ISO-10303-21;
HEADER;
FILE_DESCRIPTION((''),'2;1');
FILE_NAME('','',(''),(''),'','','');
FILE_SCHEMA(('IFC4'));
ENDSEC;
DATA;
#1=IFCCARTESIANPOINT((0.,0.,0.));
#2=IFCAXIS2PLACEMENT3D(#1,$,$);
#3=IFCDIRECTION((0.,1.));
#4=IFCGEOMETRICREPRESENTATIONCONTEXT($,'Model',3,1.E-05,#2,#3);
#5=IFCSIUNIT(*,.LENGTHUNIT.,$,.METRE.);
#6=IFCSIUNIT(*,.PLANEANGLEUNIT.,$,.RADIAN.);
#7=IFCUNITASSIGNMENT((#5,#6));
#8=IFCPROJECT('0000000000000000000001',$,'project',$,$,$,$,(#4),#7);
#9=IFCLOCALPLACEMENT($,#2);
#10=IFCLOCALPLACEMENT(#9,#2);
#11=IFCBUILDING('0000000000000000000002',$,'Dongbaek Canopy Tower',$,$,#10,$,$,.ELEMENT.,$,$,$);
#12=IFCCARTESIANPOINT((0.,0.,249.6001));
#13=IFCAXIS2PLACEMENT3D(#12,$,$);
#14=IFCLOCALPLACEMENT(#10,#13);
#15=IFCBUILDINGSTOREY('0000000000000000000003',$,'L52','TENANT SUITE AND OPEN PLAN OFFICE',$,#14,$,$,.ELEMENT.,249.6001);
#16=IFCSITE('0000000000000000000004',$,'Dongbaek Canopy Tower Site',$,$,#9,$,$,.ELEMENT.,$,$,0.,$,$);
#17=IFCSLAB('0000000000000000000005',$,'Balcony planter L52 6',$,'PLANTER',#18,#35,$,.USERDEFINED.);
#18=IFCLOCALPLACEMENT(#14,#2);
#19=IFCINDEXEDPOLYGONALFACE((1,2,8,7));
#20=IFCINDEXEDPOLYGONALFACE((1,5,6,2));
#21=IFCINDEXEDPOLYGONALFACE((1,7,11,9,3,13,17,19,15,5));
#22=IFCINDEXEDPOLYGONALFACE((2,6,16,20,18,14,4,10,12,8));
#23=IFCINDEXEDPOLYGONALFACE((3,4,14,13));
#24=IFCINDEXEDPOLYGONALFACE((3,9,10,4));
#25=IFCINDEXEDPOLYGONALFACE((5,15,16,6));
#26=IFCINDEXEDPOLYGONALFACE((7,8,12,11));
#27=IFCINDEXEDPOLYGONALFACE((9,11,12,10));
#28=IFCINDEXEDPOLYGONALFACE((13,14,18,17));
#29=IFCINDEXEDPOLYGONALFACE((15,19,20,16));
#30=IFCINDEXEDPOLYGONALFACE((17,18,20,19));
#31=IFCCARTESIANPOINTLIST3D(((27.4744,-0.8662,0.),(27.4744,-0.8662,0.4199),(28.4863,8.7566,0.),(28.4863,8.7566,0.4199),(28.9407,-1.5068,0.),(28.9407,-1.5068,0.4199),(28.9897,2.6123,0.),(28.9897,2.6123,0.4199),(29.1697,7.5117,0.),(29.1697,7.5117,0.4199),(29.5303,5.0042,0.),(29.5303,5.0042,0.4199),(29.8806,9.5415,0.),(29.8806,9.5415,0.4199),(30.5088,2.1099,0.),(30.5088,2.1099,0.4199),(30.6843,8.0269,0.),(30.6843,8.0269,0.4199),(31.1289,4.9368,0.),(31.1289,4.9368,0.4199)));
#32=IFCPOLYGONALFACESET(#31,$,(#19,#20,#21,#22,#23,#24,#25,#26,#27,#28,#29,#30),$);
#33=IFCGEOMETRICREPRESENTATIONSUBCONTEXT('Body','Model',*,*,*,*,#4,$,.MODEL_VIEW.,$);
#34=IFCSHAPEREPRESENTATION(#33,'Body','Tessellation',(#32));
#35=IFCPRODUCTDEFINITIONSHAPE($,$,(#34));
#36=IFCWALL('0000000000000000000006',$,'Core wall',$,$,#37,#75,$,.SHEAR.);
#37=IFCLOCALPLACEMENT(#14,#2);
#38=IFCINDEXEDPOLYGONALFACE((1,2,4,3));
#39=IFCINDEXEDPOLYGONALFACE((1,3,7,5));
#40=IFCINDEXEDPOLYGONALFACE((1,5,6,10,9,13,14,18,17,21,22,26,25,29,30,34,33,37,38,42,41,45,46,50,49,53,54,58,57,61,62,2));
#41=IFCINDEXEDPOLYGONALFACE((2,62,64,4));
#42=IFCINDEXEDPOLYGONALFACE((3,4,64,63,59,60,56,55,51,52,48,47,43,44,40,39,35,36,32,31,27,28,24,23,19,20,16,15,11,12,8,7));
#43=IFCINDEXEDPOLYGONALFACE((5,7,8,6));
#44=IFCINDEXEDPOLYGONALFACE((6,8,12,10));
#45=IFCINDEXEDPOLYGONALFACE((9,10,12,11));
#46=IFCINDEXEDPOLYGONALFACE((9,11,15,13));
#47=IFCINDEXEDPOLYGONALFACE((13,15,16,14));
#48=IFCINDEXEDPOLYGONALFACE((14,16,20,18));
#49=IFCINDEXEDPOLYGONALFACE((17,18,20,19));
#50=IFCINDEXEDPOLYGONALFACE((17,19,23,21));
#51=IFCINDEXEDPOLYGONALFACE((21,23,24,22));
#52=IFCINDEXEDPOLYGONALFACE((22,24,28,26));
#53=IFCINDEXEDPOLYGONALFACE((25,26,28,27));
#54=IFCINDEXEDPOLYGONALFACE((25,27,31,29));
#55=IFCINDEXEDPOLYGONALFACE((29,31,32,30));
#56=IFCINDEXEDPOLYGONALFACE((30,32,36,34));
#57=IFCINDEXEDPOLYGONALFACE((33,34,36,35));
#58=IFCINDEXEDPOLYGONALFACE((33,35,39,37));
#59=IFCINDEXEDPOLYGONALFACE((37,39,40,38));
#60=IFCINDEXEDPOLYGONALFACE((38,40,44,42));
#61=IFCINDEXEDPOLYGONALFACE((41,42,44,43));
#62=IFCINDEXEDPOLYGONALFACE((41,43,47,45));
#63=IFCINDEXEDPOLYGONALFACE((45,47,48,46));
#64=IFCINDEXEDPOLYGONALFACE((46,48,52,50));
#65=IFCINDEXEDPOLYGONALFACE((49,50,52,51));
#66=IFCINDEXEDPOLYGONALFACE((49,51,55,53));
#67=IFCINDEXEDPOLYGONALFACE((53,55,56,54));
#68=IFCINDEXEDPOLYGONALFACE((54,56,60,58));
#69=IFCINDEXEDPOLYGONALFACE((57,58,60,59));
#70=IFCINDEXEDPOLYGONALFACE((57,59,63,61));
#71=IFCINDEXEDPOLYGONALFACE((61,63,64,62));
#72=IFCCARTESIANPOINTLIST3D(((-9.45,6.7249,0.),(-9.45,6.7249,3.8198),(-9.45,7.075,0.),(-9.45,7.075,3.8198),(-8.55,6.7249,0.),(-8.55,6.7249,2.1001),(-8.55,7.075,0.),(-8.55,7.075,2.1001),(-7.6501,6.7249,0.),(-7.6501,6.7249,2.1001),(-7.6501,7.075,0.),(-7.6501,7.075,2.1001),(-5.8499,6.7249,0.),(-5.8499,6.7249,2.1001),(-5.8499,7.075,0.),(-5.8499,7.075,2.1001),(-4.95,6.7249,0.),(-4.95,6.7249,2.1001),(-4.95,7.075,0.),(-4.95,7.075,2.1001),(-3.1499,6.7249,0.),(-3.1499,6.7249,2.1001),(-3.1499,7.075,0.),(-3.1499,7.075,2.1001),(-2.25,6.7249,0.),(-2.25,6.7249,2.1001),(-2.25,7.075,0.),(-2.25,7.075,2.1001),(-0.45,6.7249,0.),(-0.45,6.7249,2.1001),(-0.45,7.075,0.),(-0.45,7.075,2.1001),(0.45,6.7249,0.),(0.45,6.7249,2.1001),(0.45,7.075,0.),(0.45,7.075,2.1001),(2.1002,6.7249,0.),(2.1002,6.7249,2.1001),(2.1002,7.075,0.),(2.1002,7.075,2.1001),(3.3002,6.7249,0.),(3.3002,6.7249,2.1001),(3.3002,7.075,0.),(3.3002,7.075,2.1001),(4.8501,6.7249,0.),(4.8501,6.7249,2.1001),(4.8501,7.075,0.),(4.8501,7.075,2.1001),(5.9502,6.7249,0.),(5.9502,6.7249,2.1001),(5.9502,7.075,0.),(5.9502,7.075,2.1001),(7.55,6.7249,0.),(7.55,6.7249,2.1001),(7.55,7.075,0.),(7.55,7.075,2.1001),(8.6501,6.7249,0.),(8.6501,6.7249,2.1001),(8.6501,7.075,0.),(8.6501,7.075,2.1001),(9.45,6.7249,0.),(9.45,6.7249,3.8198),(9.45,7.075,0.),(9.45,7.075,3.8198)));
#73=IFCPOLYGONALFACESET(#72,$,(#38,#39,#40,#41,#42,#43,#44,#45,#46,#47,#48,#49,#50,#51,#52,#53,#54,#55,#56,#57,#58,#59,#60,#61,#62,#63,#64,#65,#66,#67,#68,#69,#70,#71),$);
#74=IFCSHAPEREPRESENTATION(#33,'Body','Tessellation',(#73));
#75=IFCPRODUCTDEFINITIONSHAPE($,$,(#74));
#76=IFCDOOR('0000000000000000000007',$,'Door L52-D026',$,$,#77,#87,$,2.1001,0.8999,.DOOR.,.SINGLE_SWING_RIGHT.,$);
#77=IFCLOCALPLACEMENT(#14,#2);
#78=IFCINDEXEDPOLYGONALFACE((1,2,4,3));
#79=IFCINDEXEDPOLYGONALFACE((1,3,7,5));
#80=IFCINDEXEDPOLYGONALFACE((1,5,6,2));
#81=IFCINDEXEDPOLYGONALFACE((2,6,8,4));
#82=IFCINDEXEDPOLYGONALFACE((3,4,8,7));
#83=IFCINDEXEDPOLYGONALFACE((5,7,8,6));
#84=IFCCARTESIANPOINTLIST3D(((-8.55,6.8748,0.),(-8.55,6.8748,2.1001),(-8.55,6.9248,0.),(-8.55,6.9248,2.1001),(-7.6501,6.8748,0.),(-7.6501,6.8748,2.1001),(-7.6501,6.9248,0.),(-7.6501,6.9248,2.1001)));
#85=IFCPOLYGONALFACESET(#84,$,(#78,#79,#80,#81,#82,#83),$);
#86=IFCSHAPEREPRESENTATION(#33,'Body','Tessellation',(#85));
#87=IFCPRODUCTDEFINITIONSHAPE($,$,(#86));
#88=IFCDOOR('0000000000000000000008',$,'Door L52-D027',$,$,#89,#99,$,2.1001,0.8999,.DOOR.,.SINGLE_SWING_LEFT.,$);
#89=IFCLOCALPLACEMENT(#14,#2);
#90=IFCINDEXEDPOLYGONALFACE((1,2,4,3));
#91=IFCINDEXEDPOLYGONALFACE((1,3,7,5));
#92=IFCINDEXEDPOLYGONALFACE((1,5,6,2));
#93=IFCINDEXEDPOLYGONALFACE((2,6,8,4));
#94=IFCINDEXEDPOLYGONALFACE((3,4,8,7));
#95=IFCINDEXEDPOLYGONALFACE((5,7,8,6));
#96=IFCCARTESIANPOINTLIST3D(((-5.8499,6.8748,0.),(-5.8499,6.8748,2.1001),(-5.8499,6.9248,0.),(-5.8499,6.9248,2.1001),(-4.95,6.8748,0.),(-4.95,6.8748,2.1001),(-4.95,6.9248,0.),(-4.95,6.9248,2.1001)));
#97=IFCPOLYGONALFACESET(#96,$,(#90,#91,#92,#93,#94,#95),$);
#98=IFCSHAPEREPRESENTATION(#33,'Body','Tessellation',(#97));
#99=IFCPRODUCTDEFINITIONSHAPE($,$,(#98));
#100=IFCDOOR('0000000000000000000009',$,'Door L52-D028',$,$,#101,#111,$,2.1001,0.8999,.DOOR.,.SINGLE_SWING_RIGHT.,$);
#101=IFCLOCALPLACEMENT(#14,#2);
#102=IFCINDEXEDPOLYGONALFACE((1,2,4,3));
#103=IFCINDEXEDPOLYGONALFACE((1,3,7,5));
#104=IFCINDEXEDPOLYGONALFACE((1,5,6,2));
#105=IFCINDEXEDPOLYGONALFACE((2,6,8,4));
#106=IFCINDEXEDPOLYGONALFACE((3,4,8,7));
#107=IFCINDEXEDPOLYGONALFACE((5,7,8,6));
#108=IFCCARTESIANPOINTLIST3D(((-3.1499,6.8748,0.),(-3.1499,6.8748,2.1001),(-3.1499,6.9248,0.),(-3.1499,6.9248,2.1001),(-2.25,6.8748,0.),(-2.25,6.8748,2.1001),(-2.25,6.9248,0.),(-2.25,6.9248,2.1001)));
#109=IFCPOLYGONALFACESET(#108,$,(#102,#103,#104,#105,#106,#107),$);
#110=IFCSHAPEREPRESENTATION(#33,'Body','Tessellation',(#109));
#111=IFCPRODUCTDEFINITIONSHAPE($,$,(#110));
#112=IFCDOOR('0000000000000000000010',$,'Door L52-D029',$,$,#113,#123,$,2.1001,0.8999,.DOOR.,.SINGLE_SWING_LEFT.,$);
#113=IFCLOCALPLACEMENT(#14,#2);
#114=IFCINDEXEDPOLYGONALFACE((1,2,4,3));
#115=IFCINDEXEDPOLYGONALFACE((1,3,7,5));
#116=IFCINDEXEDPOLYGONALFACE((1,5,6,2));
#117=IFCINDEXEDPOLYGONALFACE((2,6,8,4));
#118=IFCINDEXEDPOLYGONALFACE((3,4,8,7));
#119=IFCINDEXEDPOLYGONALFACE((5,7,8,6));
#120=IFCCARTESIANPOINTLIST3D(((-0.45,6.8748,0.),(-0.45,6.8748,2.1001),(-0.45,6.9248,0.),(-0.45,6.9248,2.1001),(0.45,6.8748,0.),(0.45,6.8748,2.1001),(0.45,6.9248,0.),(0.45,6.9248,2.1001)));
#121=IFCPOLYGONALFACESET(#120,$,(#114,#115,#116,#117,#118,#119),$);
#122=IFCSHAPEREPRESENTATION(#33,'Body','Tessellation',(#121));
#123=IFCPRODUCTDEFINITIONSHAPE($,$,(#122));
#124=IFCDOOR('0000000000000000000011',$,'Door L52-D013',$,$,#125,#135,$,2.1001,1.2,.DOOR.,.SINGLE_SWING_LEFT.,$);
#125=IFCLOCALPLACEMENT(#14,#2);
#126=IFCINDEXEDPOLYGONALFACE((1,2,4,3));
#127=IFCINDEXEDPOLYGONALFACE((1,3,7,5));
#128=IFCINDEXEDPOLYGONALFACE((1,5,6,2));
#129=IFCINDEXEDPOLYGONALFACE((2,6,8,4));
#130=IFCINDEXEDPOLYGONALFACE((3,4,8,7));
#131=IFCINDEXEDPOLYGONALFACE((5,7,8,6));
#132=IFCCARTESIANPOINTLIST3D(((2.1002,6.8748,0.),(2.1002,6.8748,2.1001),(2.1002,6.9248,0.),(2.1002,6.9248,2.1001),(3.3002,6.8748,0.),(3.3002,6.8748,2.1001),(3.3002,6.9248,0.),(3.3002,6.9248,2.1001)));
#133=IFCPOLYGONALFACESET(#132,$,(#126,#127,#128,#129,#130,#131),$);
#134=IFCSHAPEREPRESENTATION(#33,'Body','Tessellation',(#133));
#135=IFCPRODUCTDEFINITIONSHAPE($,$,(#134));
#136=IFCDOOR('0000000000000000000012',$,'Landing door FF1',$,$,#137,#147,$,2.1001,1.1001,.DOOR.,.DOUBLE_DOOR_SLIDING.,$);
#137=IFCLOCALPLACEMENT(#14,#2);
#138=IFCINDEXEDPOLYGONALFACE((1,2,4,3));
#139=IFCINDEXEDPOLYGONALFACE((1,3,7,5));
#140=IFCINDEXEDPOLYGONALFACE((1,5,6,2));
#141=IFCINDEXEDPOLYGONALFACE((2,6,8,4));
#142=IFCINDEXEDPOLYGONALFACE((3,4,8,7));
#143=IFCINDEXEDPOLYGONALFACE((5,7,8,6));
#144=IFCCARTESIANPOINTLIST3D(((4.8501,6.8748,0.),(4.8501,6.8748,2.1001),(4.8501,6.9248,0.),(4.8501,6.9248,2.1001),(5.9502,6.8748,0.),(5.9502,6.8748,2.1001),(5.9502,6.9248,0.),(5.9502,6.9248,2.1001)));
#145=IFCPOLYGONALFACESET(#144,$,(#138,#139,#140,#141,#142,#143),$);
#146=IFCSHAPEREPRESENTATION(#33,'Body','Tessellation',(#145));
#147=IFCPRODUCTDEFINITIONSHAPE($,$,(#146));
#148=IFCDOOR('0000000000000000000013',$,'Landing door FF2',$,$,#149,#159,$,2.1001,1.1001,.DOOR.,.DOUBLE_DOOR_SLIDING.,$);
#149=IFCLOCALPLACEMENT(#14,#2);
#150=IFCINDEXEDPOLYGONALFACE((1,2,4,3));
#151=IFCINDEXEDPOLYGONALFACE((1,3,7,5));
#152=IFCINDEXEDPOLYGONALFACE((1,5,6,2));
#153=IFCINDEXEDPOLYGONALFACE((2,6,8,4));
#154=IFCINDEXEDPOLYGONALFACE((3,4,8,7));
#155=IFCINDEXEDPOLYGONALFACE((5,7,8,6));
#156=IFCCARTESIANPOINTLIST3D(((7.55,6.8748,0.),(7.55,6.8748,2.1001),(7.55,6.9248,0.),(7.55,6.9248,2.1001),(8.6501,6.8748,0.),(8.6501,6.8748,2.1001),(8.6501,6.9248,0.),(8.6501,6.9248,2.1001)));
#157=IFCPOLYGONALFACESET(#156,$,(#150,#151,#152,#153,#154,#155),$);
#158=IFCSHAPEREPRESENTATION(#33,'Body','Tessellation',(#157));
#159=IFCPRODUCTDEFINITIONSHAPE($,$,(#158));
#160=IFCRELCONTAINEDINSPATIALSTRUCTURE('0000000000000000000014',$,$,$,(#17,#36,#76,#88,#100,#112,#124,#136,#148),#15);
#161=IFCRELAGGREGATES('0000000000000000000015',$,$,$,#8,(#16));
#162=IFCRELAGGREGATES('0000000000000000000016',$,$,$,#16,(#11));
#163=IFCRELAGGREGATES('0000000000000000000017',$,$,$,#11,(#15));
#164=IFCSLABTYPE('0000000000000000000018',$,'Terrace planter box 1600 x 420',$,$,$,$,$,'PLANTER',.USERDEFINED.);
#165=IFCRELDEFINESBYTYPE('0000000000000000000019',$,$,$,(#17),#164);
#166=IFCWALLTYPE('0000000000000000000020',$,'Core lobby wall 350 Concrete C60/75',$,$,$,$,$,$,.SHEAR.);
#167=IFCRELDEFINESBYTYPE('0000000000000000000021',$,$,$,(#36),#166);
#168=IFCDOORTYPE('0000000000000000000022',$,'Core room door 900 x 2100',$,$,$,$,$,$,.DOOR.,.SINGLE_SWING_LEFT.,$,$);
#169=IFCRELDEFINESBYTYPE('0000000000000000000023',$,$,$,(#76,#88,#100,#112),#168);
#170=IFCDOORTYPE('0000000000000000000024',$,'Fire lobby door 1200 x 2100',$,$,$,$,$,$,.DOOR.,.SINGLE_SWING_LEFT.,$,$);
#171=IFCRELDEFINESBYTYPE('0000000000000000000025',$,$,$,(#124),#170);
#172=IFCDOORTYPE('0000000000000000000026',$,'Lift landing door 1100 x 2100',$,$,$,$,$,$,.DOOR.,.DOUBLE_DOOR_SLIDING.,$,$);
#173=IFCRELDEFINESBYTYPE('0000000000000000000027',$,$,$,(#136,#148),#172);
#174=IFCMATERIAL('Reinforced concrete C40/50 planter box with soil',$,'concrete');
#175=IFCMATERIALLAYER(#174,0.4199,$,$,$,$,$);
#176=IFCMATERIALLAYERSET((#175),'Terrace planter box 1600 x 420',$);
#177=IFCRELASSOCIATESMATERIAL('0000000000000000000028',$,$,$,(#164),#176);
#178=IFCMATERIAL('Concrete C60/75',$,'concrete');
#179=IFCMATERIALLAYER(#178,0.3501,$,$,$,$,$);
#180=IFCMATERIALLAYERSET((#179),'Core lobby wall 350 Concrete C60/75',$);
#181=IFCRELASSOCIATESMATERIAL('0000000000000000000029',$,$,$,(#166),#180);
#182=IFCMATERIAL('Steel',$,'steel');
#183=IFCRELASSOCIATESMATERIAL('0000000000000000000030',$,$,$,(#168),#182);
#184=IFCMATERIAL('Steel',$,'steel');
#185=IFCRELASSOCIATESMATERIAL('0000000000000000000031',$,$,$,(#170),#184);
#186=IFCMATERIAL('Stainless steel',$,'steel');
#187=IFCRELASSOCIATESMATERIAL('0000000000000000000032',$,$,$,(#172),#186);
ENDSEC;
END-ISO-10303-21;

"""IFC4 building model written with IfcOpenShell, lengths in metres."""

from ifc_helpers import new_model, si_unit, direction, frame, frame_2d, origin, place, context, subcontext, project, spatial, polyline, rectangle, outline, extrude, material, layer, layer_set, type_object, element, fill, save


model = new_model("IFC4")

# Units and contexts
model_context = context("Model", 3, precision=1e-05, world=origin(), true_north=direction((0.0, 1.0)))
body_context = subcontext(model_context, "Body", "Model", "MODEL_VIEW")
ifc_project = project(units=[si_unit("LENGTHUNIT", "METRE"), si_unit("PLANEANGLEUNIT", "RADIAN")], contexts=[model_context])

# Site, building, storey
site_placement = place(None, origin())
site = spatial("IfcSite", under=ifc_project, at=site_placement, Name="Dongbaek Canopy Tower Site", CompositionType="ELEMENT", RefElevation=0.0)
building_placement = place(site_placement, origin())
building = spatial("IfcBuilding", under=site, at=building_placement, Name="Dongbaek Canopy Tower", CompositionType="ELEMENT")
storey_placement = place(building_placement, frame((0.0, 0.0, 249.6001)))
storey = spatial("IfcBuildingStorey", under=building, at=storey_placement, Name="L52", Description="TENANT SUITE AND OPEN PLAN OFFICE", CompositionType="ELEMENT", Elevation=249.6001)

# Slab
ifc_material_1 = material(Name="Reinforced concrete C40/50 planter box with soil", Category="concrete")
ifc_layer_1 = layer(ifc_material_1, 0.4199)
ifc_layer_set_1 = layer_set([ifc_layer_1], Name="Terrace planter box 1600 x 420")
slab_type_1 = type_object("IfcSlabType", Name="Terrace planter box 1600 x 420", ElementType="PLANTER", PredefinedType="USERDEFINED", material=ifc_layer_set_1)
slab_1_placement = place(storey_placement, origin())
element("IfcSlab", 1, at=slab_1_placement, inside=storey, type_object=slab_type_1, Name="Balcony planter L52 6", ObjectType="PLANTER", PredefinedType="USERDEFINED", context=body_context, shape_type="SweptSolid", body=[
    extrude(outline(polyline([(27.4744, -0.8662), (28.9897, 2.6123), (29.5303, 5.0042), (29.1697, 7.5117), (28.4863, 8.7566), (29.8806, 9.5415), (30.6843, 8.0269), (31.1289, 4.9368), (30.5088, 2.1099), (28.9407, -1.5068), (27.4744, -0.8662)])), origin(), (0.0, 0.0, 1.0), 0.4199),
])

# Wall, openings, doors
ifc_material_2 = material(Name="Concrete C60/75", Category="concrete")
ifc_layer_2 = layer(ifc_material_2, 0.3501)
ifc_layer_set_2 = layer_set([ifc_layer_2], Name="Core lobby wall 350 Concrete C60/75")
wall_type_1 = type_object("IfcWallType", Name="Core lobby wall 350 Concrete C60/75", PredefinedType="SHEAR", material=ifc_layer_set_2)
wall_1_placement = place(storey_placement, frame((-9.45, 6.8999, 0.0), z_axis=(0.0, 0.0, 1.0), x_axis=(1.0, 0.0, 0.0)))
wall_1 = element("IfcWall", 2, at=wall_1_placement, inside=storey, type_object=wall_type_1, Name="Core wall", PredefinedType="SHEAR", context=body_context, shape_type="SweptSolid", body=[
    extrude(rectangle(XDim=18.8999, YDim=0.3501, at=frame_2d((9.45, 0.0))), origin(), (0.0, 0.0, 1.0), 3.8198),
])
opening_1_placement = place(wall_1_placement, frame((11.55, 0.0, 0.0)))
opening_1 = element("IfcOpeningElement", 3, at=opening_1_placement, cuts=wall_1, PredefinedType="OPENING", context=body_context, shape_type="SweptSolid", body=[
    extrude(rectangle(XDim=1.2, YDim=2.1001, at=frame_2d((0.6001, 1.05))), frame((0.0, 0.1851, 0.0), z_axis=(0.0, -1.0, 0.0), x_axis=(1.0, 0.0, 0.0)), (0.0, 0.0, 1.0), 0.3701),
])
opening_2_placement = place(wall_1_placement, frame((14.3, 0.0, 0.0)))
opening_2 = element("IfcOpeningElement", 4, at=opening_2_placement, cuts=wall_1, PredefinedType="OPENING", context=body_context, shape_type="SweptSolid", body=[
    extrude(rectangle(XDim=1.1001, YDim=2.1001, at=frame_2d((0.55, 1.05))), frame((0.0, 0.1851, 0.0), z_axis=(0.0, -1.0, 0.0), x_axis=(1.0, 0.0, 0.0)), (0.0, 0.0, 1.0), 0.3701),
])
opening_3_placement = place(wall_1_placement, frame((17.0, 0.0, 0.0)))
opening_3 = element("IfcOpeningElement", 5, at=opening_3_placement, cuts=wall_1, PredefinedType="OPENING", context=body_context, shape_type="SweptSolid", body=[
    extrude(rectangle(XDim=1.1001, YDim=2.1001, at=frame_2d((0.55, 1.05))), frame((0.0, 0.1851, 0.0), z_axis=(0.0, -1.0, 0.0), x_axis=(1.0, 0.0, 0.0)), (0.0, 0.0, 1.0), 0.3701),
])
opening_4_placement = place(wall_1_placement, frame((0.8999, 0.0, 0.0)))
opening_4 = element("IfcOpeningElement", 6, at=opening_4_placement, cuts=wall_1, PredefinedType="OPENING", context=body_context, shape_type="SweptSolid", body=[
    extrude(rectangle(XDim=0.8999, YDim=2.1001, at=frame_2d((0.45, 1.05))), frame((0.0, 0.1851, 0.0), z_axis=(0.0, -1.0, 0.0), x_axis=(1.0, 0.0, 0.0)), (0.0, 0.0, 1.0), 0.3701),
])
opening_5_placement = place(wall_1_placement, frame((3.6001, 0.0, 0.0)))
opening_5 = element("IfcOpeningElement", 7, at=opening_5_placement, cuts=wall_1, PredefinedType="OPENING", context=body_context, shape_type="SweptSolid", body=[
    extrude(rectangle(XDim=0.8999, YDim=2.1001, at=frame_2d((0.45, 1.05))), frame((0.0, 0.1851, 0.0), z_axis=(0.0, -1.0, 0.0), x_axis=(1.0, 0.0, 0.0)), (0.0, 0.0, 1.0), 0.3701),
])
opening_6_placement = place(wall_1_placement, frame((6.3, 0.0, 0.0)))
opening_6 = element("IfcOpeningElement", 8, at=opening_6_placement, cuts=wall_1, PredefinedType="OPENING", context=body_context, shape_type="SweptSolid", body=[
    extrude(rectangle(XDim=0.8999, YDim=2.1001, at=frame_2d((0.45, 1.05))), frame((0.0, 0.1851, 0.0), z_axis=(0.0, -1.0, 0.0), x_axis=(1.0, 0.0, 0.0)), (0.0, 0.0, 1.0), 0.3701),
])
opening_7_placement = place(wall_1_placement, frame((9.0, 0.0, 0.0)))
opening_7 = element("IfcOpeningElement", 9, at=opening_7_placement, cuts=wall_1, PredefinedType="OPENING", context=body_context, shape_type="SweptSolid", body=[
    extrude(rectangle(XDim=0.8999, YDim=2.1001, at=frame_2d((0.45, 1.05))), frame((0.0, 0.1851, 0.0), z_axis=(0.0, -1.0, 0.0), x_axis=(1.0, 0.0, 0.0)), (0.0, 0.0, 1.0), 0.3701),
])
ifc_material_3 = material(Name="Steel", Category="steel")
door_type_1 = type_object("IfcDoorType", Name="Core room door 900 x 2100", OperationType="SINGLE_SWING_LEFT", PredefinedType="DOOR", material=ifc_material_3)
door_1_placement = place(opening_4_placement, origin())
door_1 = element("IfcDoor", 10, at=door_1_placement, inside=storey, type_object=door_type_1, Name="Door L52-D026", OperationType="SINGLE_SWING_RIGHT", OverallHeight=2.1001, OverallWidth=0.8999, PredefinedType="DOOR", context=body_context, shape_type="SweptSolid", body=[
    extrude(rectangle(XDim=0.8999, YDim=2.1001, at=frame_2d((0.45, 1.05))), frame((0.0, 0.0249, 0.0), z_axis=(0.0, -1.0, 0.0), x_axis=(1.0, 0.0, 0.0)), (0.0, 0.0, 1.0), 0.05),
])
fill(opening_4, door_1)
door_2_placement = place(opening_5_placement, origin())
door_2 = element("IfcDoor", 11, at=door_2_placement, inside=storey, type_object=door_type_1, Name="Door L52-D027", OperationType="SINGLE_SWING_LEFT", OverallHeight=2.1001, OverallWidth=0.8999, PredefinedType="DOOR", context=body_context, shape_type="SweptSolid", body=[
    extrude(rectangle(XDim=0.8999, YDim=2.1001, at=frame_2d((0.45, 1.05))), frame((0.0, 0.0249, 0.0), z_axis=(0.0, -1.0, 0.0), x_axis=(1.0, 0.0, 0.0)), (0.0, 0.0, 1.0), 0.05),
])
fill(opening_5, door_2)
door_3_placement = place(opening_6_placement, origin())
door_3 = element("IfcDoor", 12, at=door_3_placement, inside=storey, type_object=door_type_1, Name="Door L52-D028", OperationType="SINGLE_SWING_RIGHT", OverallHeight=2.1001, OverallWidth=0.8999, PredefinedType="DOOR", context=body_context, shape_type="SweptSolid", body=[
    extrude(rectangle(XDim=0.8999, YDim=2.1001, at=frame_2d((0.45, 1.05))), frame((0.0, 0.0249, 0.0), z_axis=(0.0, -1.0, 0.0), x_axis=(1.0, 0.0, 0.0)), (0.0, 0.0, 1.0), 0.05),
])
fill(opening_6, door_3)
door_4_placement = place(opening_7_placement, origin())
door_4 = element("IfcDoor", 13, at=door_4_placement, inside=storey, type_object=door_type_1, Name="Door L52-D029", OperationType="SINGLE_SWING_LEFT", OverallHeight=2.1001, OverallWidth=0.8999, PredefinedType="DOOR", context=body_context, shape_type="SweptSolid", body=[
    extrude(rectangle(XDim=0.8999, YDim=2.1001, at=frame_2d((0.45, 1.05))), frame((0.0, 0.0249, 0.0), z_axis=(0.0, -1.0, 0.0), x_axis=(1.0, 0.0, 0.0)), (0.0, 0.0, 1.0), 0.05),
])
fill(opening_7, door_4)
ifc_material_4 = material(Name="Steel", Category="steel")
door_type_2 = type_object("IfcDoorType", Name="Fire lobby door 1200 x 2100", OperationType="SINGLE_SWING_LEFT", PredefinedType="DOOR", material=ifc_material_4)
door_5_placement = place(opening_1_placement, origin())
door_5 = element("IfcDoor", 14, at=door_5_placement, inside=storey, type_object=door_type_2, Name="Door L52-D013", OperationType="SINGLE_SWING_LEFT", OverallHeight=2.1001, OverallWidth=1.2, PredefinedType="DOOR", context=body_context, shape_type="SweptSolid", body=[
    extrude(rectangle(XDim=1.2, YDim=2.1001, at=frame_2d((0.6001, 1.05))), frame((0.0, 0.0249, 0.0), z_axis=(0.0, -1.0, 0.0), x_axis=(1.0, 0.0, 0.0)), (0.0, 0.0, 1.0), 0.05),
])
fill(opening_1, door_5)
ifc_material_5 = material(Name="Stainless steel", Category="steel")
door_type_3 = type_object("IfcDoorType", Name="Lift landing door 1100 x 2100", OperationType="DOUBLE_DOOR_SLIDING", PredefinedType="DOOR", material=ifc_material_5)
door_6_placement = place(opening_2_placement, origin())
door_6 = element("IfcDoor", 15, at=door_6_placement, inside=storey, type_object=door_type_3, Name="Landing door FF1", OperationType="DOUBLE_DOOR_SLIDING", OverallHeight=2.1001, OverallWidth=1.1001, PredefinedType="DOOR", context=body_context, shape_type="SweptSolid", body=[
    extrude(rectangle(XDim=1.1001, YDim=2.1001, at=frame_2d((0.55, 1.05))), frame((0.0, 0.0249, 0.0), z_axis=(0.0, -1.0, 0.0), x_axis=(1.0, 0.0, 0.0)), (0.0, 0.0, 1.0), 0.05),
])
fill(opening_2, door_6)
door_7_placement = place(opening_3_placement, origin())
door_7 = element("IfcDoor", 16, at=door_7_placement, inside=storey, type_object=door_type_3, Name="Landing door FF2", OperationType="DOUBLE_DOOR_SLIDING", OverallHeight=2.1001, OverallWidth=1.1001, PredefinedType="DOOR", context=body_context, shape_type="SweptSolid", body=[
    extrude(rectangle(XDim=1.1001, YDim=2.1001, at=frame_2d((0.55, 1.05))), frame((0.0, 0.0249, 0.0), z_axis=(0.0, -1.0, 0.0), x_axis=(1.0, 0.0, 0.0)), (0.0, 0.0, 1.0), 0.05),
])
fill(opening_3, door_7)

save(model, "model.ifc")
